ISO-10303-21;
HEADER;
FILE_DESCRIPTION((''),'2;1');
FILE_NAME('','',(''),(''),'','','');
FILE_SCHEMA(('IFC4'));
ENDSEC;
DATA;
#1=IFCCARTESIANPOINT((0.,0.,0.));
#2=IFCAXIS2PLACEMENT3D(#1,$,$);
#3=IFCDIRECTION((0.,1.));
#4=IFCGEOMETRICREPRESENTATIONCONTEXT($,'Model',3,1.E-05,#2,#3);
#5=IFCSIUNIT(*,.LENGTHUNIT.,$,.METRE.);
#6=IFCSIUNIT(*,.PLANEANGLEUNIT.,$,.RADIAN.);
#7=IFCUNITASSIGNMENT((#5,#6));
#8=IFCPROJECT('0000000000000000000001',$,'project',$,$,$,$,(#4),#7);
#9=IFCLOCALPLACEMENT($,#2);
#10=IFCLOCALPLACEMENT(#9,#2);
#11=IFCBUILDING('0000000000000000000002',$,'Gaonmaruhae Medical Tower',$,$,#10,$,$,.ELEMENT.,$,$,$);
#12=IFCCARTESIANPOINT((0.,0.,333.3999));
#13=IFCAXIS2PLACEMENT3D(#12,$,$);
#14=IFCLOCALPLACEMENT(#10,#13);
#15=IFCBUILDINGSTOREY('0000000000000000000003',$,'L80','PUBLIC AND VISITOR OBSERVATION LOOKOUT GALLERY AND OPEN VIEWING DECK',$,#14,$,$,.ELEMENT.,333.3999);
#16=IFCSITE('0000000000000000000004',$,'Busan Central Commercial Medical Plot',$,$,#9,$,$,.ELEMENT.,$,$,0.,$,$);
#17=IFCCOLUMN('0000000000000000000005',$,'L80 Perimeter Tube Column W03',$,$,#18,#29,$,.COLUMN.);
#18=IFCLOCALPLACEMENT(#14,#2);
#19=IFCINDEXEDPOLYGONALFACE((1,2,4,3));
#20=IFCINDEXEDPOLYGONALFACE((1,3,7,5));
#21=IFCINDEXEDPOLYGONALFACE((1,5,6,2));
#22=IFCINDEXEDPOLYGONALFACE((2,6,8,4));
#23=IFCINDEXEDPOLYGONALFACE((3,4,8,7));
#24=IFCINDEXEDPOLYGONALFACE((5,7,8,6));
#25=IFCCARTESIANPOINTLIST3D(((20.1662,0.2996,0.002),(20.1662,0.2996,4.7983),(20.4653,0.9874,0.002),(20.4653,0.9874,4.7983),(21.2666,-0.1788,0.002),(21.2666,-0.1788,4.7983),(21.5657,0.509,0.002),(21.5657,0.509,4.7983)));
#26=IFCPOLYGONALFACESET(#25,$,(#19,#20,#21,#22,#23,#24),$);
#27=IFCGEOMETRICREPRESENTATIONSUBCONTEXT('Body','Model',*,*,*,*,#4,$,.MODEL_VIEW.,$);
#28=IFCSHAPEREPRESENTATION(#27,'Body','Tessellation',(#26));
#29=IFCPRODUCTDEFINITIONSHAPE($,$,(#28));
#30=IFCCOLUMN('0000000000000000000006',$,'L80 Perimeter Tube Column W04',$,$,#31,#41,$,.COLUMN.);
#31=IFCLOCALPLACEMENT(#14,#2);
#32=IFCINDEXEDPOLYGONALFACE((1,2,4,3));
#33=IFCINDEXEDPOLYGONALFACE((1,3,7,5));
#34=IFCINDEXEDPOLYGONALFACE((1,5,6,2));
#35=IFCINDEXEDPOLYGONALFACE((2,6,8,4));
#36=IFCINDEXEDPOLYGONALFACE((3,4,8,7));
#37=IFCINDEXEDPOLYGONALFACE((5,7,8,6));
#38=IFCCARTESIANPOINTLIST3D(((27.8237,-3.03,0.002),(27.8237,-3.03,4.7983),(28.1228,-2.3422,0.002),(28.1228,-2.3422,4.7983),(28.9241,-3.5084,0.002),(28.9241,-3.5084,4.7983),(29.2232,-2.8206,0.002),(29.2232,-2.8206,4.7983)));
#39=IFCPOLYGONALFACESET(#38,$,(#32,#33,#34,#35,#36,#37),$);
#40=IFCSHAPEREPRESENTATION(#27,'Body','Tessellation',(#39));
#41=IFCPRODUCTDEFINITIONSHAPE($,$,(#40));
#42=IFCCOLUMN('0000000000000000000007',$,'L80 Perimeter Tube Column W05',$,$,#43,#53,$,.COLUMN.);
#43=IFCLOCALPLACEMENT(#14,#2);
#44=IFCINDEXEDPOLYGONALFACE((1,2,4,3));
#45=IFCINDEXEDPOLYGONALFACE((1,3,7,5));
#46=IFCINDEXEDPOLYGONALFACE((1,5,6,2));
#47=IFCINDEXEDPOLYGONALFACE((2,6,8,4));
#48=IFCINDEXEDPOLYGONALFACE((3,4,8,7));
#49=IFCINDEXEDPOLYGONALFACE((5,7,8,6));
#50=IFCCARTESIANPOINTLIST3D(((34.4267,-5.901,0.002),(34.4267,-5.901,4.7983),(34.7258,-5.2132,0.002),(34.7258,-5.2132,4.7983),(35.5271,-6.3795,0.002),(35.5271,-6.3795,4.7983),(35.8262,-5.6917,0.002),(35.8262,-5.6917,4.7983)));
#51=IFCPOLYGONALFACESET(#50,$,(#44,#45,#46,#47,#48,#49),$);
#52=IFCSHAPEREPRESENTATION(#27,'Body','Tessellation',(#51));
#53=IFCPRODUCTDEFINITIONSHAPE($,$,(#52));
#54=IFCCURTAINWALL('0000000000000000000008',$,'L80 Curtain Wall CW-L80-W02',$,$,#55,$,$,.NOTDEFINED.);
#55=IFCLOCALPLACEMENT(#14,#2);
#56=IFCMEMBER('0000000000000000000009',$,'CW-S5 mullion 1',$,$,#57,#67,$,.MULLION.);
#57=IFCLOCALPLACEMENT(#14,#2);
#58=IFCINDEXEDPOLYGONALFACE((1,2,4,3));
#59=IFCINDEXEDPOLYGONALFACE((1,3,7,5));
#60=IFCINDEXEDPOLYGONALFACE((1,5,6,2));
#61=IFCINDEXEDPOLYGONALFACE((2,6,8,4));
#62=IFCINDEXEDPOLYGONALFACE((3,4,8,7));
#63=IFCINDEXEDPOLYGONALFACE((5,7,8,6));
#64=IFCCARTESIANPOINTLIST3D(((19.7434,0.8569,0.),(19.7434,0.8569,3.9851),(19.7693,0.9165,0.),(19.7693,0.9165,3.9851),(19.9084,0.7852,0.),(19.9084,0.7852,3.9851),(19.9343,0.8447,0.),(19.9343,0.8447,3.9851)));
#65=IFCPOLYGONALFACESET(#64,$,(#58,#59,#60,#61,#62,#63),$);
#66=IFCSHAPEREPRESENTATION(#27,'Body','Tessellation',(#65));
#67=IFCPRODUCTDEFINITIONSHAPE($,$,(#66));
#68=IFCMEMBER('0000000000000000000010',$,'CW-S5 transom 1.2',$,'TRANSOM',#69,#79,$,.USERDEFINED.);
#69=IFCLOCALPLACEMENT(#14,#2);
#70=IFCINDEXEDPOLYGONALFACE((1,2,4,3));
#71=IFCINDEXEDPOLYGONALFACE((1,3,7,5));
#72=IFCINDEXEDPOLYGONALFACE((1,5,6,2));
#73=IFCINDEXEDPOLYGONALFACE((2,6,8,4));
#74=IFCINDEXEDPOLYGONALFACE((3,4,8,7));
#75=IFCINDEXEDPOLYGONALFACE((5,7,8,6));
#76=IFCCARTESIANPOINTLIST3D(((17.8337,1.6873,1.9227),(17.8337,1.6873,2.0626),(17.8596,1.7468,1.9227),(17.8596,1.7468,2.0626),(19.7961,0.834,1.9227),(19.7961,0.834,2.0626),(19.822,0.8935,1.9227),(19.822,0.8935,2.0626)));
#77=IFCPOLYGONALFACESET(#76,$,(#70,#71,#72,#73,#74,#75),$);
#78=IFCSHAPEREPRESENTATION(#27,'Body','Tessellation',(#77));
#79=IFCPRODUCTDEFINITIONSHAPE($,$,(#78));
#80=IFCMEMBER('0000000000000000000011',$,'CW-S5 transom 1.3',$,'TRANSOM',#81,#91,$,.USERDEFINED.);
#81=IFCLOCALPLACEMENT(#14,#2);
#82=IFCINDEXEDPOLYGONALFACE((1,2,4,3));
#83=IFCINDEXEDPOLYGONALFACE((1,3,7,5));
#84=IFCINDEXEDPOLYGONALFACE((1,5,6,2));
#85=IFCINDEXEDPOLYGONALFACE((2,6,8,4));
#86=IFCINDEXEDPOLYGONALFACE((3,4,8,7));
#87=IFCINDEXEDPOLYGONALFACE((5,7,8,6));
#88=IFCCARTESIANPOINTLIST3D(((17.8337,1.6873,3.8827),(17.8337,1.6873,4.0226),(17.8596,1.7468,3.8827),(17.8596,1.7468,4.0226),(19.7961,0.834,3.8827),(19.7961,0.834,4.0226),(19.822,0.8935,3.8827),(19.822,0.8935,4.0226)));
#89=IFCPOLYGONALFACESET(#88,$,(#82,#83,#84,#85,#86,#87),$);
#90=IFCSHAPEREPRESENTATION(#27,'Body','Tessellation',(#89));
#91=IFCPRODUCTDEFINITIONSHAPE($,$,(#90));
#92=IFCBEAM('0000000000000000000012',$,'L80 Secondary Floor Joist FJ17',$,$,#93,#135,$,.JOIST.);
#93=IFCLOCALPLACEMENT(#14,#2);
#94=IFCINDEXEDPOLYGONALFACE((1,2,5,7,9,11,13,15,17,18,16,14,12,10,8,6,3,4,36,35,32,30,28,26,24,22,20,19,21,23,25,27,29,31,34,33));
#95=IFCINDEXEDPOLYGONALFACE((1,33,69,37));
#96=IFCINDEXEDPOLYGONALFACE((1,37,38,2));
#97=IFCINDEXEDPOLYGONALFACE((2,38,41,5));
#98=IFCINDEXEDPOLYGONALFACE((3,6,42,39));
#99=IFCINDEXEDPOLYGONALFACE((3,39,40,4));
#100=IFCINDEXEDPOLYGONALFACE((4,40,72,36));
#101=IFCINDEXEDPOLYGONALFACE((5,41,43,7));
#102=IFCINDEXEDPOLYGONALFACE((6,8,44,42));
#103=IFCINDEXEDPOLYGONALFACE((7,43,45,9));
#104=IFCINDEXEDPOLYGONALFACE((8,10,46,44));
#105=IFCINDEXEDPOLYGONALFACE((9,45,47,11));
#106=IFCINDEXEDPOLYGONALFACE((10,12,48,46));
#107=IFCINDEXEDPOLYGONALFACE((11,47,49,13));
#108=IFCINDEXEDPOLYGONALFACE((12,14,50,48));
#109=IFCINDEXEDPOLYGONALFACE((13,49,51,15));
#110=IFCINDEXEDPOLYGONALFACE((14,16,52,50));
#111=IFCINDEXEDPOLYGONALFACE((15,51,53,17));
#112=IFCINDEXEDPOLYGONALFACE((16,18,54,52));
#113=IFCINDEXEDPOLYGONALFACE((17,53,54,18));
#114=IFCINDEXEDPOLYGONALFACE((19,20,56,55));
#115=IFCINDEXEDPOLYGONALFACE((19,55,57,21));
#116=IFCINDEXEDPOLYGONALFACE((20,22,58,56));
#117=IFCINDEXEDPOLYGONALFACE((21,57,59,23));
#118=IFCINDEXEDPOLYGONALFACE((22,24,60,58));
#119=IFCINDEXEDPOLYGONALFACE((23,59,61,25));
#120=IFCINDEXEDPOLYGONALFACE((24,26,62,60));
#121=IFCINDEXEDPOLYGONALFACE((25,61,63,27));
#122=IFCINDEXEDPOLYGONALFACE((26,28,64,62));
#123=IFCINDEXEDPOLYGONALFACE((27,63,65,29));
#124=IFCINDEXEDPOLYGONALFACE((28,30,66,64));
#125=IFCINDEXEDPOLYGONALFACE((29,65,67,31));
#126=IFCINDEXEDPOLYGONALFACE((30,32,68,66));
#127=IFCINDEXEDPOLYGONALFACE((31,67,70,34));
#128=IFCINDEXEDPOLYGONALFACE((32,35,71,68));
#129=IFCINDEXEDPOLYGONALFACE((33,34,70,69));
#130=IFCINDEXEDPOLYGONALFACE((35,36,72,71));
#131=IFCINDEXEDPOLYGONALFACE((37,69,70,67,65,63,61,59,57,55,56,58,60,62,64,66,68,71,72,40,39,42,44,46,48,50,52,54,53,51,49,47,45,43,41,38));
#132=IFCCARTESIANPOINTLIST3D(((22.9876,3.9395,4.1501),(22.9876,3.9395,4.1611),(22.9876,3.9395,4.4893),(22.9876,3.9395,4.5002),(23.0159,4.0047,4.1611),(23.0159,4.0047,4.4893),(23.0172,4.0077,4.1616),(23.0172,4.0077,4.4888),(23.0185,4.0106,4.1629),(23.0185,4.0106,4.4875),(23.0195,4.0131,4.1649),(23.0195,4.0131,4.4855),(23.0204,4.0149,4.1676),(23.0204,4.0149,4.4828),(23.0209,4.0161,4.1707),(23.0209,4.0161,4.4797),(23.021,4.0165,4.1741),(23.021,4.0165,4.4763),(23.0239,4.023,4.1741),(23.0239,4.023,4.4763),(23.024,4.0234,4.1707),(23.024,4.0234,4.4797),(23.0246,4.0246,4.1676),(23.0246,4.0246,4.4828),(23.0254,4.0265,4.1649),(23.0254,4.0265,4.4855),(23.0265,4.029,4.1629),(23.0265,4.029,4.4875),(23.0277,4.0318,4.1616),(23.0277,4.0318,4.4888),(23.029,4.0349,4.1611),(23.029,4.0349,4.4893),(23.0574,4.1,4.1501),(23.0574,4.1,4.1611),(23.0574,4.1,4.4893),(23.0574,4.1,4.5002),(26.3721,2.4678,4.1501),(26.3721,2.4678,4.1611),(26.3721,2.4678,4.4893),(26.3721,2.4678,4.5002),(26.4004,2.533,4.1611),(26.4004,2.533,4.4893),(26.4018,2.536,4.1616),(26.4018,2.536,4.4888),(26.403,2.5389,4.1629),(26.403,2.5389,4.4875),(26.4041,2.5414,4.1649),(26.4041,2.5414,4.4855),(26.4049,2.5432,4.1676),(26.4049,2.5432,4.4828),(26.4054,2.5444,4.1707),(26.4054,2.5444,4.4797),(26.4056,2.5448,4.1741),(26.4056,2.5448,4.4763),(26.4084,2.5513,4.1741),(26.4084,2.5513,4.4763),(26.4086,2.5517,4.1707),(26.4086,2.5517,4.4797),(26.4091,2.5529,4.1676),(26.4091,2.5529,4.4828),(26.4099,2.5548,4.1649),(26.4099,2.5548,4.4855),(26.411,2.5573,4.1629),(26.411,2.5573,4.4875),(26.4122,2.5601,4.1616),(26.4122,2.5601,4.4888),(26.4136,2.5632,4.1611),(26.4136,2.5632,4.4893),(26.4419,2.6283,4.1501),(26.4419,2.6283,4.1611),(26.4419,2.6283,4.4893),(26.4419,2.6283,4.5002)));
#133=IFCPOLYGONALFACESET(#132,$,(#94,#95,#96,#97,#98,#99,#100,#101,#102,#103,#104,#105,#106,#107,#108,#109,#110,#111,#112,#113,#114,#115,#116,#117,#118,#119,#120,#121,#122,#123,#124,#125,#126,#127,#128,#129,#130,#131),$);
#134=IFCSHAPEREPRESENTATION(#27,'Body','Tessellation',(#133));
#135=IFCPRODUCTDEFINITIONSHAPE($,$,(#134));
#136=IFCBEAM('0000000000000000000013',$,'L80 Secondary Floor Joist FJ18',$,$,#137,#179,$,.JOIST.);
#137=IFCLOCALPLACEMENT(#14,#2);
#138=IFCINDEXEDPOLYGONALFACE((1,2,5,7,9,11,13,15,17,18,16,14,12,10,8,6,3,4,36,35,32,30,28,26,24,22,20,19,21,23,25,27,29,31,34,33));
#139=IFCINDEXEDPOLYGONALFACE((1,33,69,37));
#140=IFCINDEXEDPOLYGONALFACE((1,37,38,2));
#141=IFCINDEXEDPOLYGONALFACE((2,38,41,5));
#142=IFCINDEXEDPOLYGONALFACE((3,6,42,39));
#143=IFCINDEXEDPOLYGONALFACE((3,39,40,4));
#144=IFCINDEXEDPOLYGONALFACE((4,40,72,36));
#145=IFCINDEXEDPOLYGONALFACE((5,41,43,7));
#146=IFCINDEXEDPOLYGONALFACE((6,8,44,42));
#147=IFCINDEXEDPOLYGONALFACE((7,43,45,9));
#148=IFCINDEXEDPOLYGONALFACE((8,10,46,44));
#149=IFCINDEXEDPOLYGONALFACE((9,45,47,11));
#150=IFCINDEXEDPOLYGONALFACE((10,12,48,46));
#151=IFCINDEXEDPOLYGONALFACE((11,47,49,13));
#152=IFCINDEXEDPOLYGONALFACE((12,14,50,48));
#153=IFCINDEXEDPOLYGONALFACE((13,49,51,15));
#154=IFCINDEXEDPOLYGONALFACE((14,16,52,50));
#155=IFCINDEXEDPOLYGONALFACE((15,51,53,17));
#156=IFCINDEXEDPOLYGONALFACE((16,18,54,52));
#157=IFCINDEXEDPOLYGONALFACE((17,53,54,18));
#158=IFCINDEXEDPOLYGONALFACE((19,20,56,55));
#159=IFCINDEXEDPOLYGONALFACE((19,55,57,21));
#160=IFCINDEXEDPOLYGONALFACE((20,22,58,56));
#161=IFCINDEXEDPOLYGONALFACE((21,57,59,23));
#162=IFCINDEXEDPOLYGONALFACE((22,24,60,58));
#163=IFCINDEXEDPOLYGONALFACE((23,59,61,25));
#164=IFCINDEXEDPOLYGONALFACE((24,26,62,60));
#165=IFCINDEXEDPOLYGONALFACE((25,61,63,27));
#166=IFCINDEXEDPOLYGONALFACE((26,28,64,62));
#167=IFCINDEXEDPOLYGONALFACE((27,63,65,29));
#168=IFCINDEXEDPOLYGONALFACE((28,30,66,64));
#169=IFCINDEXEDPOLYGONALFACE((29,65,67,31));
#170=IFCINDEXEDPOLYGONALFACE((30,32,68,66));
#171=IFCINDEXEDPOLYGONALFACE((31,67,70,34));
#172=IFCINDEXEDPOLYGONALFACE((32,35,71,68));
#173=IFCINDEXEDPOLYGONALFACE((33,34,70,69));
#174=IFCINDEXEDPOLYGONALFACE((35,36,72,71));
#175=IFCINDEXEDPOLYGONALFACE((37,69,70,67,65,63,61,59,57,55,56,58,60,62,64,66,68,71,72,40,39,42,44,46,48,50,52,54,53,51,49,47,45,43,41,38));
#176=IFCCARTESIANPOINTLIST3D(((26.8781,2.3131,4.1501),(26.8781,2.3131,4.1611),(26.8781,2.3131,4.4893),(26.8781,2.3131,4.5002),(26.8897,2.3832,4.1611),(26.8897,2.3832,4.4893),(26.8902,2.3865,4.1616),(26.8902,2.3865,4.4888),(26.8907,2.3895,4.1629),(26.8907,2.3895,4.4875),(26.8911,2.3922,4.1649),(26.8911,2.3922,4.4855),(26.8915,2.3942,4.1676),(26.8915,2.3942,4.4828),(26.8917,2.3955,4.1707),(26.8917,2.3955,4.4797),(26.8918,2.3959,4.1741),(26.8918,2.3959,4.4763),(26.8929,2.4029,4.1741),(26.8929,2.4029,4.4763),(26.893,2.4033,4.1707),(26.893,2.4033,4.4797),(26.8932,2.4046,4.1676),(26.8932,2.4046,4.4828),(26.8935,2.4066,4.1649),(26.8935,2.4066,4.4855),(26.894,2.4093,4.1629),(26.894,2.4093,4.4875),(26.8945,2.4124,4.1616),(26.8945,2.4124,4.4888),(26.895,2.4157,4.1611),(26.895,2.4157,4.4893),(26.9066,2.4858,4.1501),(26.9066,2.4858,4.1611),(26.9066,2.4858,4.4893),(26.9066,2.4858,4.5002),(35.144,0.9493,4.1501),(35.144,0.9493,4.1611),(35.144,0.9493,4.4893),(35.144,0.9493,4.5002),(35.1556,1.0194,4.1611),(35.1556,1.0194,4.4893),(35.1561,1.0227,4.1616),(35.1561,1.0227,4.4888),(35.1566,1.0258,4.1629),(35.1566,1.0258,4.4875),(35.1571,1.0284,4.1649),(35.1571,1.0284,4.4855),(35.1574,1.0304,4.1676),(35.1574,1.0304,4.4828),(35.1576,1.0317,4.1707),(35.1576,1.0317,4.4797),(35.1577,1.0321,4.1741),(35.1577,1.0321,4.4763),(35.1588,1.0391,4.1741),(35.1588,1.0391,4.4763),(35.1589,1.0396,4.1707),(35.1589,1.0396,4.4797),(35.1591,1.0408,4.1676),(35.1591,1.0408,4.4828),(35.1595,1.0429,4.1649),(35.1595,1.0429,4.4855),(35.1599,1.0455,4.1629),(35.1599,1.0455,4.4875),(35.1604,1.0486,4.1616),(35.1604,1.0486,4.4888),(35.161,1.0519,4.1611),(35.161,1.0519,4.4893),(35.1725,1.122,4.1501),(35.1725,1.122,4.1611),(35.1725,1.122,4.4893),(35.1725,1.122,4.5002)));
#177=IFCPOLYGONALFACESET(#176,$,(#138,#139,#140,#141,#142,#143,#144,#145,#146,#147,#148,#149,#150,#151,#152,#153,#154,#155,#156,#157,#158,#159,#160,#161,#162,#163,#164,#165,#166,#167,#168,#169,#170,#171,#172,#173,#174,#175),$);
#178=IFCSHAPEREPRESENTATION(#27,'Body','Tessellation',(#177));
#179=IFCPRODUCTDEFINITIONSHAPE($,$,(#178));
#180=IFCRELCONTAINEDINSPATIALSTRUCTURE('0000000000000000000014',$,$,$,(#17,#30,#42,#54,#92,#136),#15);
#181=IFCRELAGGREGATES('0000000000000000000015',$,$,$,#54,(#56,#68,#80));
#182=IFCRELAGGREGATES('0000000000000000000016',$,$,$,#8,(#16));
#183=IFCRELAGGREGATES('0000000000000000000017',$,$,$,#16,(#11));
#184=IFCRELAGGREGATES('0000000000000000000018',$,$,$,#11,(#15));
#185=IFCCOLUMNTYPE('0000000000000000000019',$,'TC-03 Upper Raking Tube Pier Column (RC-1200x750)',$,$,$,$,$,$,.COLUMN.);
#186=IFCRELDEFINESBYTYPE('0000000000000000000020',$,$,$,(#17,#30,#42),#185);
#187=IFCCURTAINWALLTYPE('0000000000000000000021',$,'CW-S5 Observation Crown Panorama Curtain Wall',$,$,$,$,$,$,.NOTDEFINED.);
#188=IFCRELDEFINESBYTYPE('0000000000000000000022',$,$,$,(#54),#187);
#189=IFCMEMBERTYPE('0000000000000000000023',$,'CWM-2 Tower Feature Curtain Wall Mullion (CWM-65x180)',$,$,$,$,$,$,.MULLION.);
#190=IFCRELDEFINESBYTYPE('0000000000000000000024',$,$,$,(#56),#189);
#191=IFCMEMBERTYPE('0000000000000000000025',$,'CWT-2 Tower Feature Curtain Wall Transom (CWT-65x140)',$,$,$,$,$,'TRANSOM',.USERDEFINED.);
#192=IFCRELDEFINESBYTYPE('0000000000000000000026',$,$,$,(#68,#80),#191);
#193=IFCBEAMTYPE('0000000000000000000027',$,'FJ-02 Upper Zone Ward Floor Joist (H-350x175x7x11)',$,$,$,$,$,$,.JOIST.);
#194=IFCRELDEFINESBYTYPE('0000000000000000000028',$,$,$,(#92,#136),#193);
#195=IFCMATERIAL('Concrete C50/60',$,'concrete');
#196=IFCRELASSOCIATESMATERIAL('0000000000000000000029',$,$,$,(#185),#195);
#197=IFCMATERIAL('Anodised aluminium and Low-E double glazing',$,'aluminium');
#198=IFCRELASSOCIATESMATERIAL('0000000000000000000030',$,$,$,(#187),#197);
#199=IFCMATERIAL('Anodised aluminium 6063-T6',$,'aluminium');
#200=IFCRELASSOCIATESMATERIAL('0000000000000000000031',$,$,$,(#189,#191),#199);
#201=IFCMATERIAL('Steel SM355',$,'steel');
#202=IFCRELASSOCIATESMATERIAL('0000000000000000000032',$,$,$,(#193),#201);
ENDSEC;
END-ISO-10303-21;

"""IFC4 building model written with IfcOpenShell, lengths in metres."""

from ifc_helpers import new_model, si_unit, direction, frame, origin, origin_2d, place, context, subcontext, project, spatial, rectangle, i_section, extrude, material, material_profile, profile_set, type_object, element, aggregate, save


model = new_model("IFC4")

# Units and contexts
model_context = context("Model", 3, precision=1e-05, world=origin(), true_north=direction((0.0, 1.0)))
body_context = subcontext(model_context, "Body", "Model", "MODEL_VIEW")
ifc_project = project(units=[si_unit("LENGTHUNIT", "METRE"), si_unit("PLANEANGLEUNIT", "RADIAN")], contexts=[model_context])

# Site, building, storey
site_placement = place(None, origin())
site = spatial("IfcSite", under=ifc_project, at=site_placement, Name="Busan Central Commercial Medical Plot", CompositionType="ELEMENT", RefElevation=0.0)
building_placement = place(site_placement, origin())
building = spatial("IfcBuilding", under=site, at=building_placement, Name="Gaonmaruhae Medical Tower", CompositionType="ELEMENT")
storey_placement = place(building_placement, frame((0.0, 0.0, 333.3999)))
storey = spatial("IfcBuildingStorey", under=building, at=storey_placement, Name="L80", Description="PUBLIC AND VISITOR OBSERVATION LOOKOUT GALLERY AND OPEN VIEWING DECK", CompositionType="ELEMENT", Elevation=333.3999)

# Columns
ifc_material_1 = material(Name="Concrete C50/60", Category="concrete")
ifc_material_profile_1 = material_profile(ifc_material_1, rectangle(XDim=1.2, YDim=0.75, at=origin_2d()), Name="RC-1200x750")
ifc_profile_set_1 = profile_set([ifc_material_profile_1], Name="Concrete C50/60")
column_type = type_object("IfcColumnType", Name="TC-03 Upper Raking Tube Pier Column (RC-1200x750)", PredefinedType="COLUMN", material=ifc_profile_set_1)
for number, where, z_axis, x_axis, name in (
    (1, (20.866, 0.4043, 0.002), (0.0, 0.0, 1.0), (-0.91706, 0.398749, 0.0), "L80 Perimeter Tube Column W03"),
    (2, (28.5234, -2.9253, 0.002), (0.0, 0.0, 1.0), (-0.91706, 0.398749, 0.0), "L80 Perimeter Tube Column W04"),
    (3, (35.1265, -5.7964, 0.002), (0.0, 0.0, 1.0), (-0.91706, 0.398749, 0.0), "L80 Perimeter Tube Column W05"),
):
    element("IfcColumn", number, at=place(storey_placement, frame(where, z_axis=z_axis, x_axis=x_axis)), inside=storey, type_object=column_type, Name=name, PredefinedType="COLUMN", context=body_context, shape_type="SweptSolid", body=[
        extrude(rectangle(XDim=1.2, YDim=0.75, at=origin_2d()), origin(), (0.0, 0.0, 1.0), 4.7964),
    ])

# Curtain wall, members
ifc_material_2 = material(Name="Anodised aluminium and Low-E double glazing", Category="aluminium")
curtain_wall_type = type_object("IfcCurtainWallType", Name="CW-S5 Observation Crown Panorama Curtain Wall", PredefinedType="NOTDEFINED", material=ifc_material_2)
curtain_wall_placement = place(storey_placement, origin())
curtain_wall = element("IfcCurtainWall", 4, at=curtain_wall_placement, inside=storey, type_object=curtain_wall_type, Name="L80 Curtain Wall CW-L80-W02", PredefinedType="NOTDEFINED")
ifc_material_3 = material(Name="Anodised aluminium 6063-T6", Category="aluminium")
ifc_material_profile_2 = material_profile(ifc_material_3, rectangle(XDim=0.0649, YDim=0.1799, at=origin_2d()), Name="CWM-65x180")
ifc_profile_set_2 = profile_set([ifc_material_profile_2], Name="Anodised aluminium 6063-T6")
member_type_1 = type_object("IfcMemberType", Name="CWM-2 Tower Feature Curtain Wall Mullion (CWM-65x180)", PredefinedType="MULLION", material=ifc_profile_set_2)
member_1_placement = place(storey_placement, frame((19.8389, 0.8508, 0.0), z_axis=(0.0, 0.0, 1.0), x_axis=(-0.39876, -0.917055, 0.0)))
member_1 = element("IfcMember", 5, at=member_1_placement, type_object=member_type_1, Name="CW-S5 mullion 1", PredefinedType="MULLION", context=body_context, shape_type="SweptSolid", body=[
    extrude(rectangle(XDim=0.0649, YDim=0.1799, at=origin_2d()), origin(), (0.0, 0.0, 1.0), 3.9851),
])
ifc_material_profile_3 = material_profile(ifc_material_3, rectangle(XDim=0.0649, YDim=0.1399, at=origin_2d()), Name="CWT-65x140")
ifc_profile_set_3 = profile_set([ifc_material_profile_3], Name="Anodised aluminium 6063-T6")
member_type_2 = type_object("IfcMemberType", Name="CWT-2 Tower Feature Curtain Wall Transom (CWT-65x140)", ElementType="TRANSOM", PredefinedType="USERDEFINED", material=ifc_profile_set_3)
member_2_placement = place(storey_placement, frame((19.8091, 0.8638, 1.9927), z_axis=(-0.917061, 0.398747, 0.0), x_axis=(-0.398747, -0.917061, 0.0)))
member_2 = element("IfcMember", 6, at=member_2_placement, type_object=member_type_2, Name="CW-S5 transom 1.2", ObjectType="TRANSOM", PredefinedType="USERDEFINED", context=body_context, shape_type="SweptSolid", body=[
    extrude(rectangle(XDim=0.0649, YDim=0.1399, at=origin_2d()), origin(), (0.0, 0.0, 1.0), 2.1399),
])
member_3_placement = place(storey_placement, frame((19.8091, 0.8638, 3.9526), z_axis=(-0.917061, 0.398747, 0.0), x_axis=(-0.398747, -0.917061, 0.0)))
member_3 = element("IfcMember", 7, at=member_3_placement, type_object=member_type_2, Name="CW-S5 transom 1.3", ObjectType="TRANSOM", PredefinedType="USERDEFINED", context=body_context, shape_type="SweptSolid", body=[
    extrude(rectangle(XDim=0.0649, YDim=0.1399, at=origin_2d()), origin(), (0.0, 0.0, 1.0), 2.1399),
])
aggregate(curtain_wall, [member_1, member_2, member_3])

# Beams
ifc_material_4 = material(Name="Steel SM355", Category="steel")
ifc_material_profile_4 = material_profile(ifc_material_4, i_section(OverallWidth=0.175, OverallDepth=0.3501, WebThickness=0.0071, FlangeThickness=0.011, FilletRadius=0.0129, at=origin_2d()), Name="H-350x175x7x11")
ifc_profile_set_4 = profile_set([ifc_material_profile_4], Name="Steel SM355")
beam_type_1 = type_object("IfcBeamType", Name="FJ-02 Upper Zone Ward Floor Joist (H-350x175x7x11)", PredefinedType="JOIST", material=ifc_profile_set_4)
beam_1_placement = place(storey_placement, frame((23.0225, 4.0198, 4.3252), z_axis=(0.917055, -0.39876, 0.0), x_axis=(0.39876, 0.917055, 0.0)))
element("IfcBeam", 8, at=beam_1_placement, inside=storey, type_object=beam_type_1, Name="L80 Secondary Floor Joist FJ17", PredefinedType="JOIST", context=body_context, shape_type="SweptSolid", body=[
    extrude(i_section(OverallWidth=0.175, OverallDepth=0.3501, WebThickness=0.0071, FlangeThickness=0.011, FilletRadius=0.0129, at=origin_2d()), origin(), (0.0, 0.0, 1.0), 3.6907),
])
beam_2_placement = place(storey_placement, frame((26.8923, 2.3994, 4.3252), z_axis=(0.986661, -0.162787, 0.0), x_axis=(0.162787, 0.986661, 0.0)))
element("IfcBeam", 9, at=beam_2_placement, inside=storey, type_object=beam_type_1, Name="L80 Secondary Floor Joist FJ18", PredefinedType="JOIST", context=body_context, shape_type="SweptSolid", body=[
    extrude(i_section(OverallWidth=0.175, OverallDepth=0.3501, WebThickness=0.0071, FlangeThickness=0.011, FilletRadius=0.0129, at=origin_2d()), origin(), (0.0, 0.0, 1.0), 8.3777),
])

save(model, "model.ifc")
